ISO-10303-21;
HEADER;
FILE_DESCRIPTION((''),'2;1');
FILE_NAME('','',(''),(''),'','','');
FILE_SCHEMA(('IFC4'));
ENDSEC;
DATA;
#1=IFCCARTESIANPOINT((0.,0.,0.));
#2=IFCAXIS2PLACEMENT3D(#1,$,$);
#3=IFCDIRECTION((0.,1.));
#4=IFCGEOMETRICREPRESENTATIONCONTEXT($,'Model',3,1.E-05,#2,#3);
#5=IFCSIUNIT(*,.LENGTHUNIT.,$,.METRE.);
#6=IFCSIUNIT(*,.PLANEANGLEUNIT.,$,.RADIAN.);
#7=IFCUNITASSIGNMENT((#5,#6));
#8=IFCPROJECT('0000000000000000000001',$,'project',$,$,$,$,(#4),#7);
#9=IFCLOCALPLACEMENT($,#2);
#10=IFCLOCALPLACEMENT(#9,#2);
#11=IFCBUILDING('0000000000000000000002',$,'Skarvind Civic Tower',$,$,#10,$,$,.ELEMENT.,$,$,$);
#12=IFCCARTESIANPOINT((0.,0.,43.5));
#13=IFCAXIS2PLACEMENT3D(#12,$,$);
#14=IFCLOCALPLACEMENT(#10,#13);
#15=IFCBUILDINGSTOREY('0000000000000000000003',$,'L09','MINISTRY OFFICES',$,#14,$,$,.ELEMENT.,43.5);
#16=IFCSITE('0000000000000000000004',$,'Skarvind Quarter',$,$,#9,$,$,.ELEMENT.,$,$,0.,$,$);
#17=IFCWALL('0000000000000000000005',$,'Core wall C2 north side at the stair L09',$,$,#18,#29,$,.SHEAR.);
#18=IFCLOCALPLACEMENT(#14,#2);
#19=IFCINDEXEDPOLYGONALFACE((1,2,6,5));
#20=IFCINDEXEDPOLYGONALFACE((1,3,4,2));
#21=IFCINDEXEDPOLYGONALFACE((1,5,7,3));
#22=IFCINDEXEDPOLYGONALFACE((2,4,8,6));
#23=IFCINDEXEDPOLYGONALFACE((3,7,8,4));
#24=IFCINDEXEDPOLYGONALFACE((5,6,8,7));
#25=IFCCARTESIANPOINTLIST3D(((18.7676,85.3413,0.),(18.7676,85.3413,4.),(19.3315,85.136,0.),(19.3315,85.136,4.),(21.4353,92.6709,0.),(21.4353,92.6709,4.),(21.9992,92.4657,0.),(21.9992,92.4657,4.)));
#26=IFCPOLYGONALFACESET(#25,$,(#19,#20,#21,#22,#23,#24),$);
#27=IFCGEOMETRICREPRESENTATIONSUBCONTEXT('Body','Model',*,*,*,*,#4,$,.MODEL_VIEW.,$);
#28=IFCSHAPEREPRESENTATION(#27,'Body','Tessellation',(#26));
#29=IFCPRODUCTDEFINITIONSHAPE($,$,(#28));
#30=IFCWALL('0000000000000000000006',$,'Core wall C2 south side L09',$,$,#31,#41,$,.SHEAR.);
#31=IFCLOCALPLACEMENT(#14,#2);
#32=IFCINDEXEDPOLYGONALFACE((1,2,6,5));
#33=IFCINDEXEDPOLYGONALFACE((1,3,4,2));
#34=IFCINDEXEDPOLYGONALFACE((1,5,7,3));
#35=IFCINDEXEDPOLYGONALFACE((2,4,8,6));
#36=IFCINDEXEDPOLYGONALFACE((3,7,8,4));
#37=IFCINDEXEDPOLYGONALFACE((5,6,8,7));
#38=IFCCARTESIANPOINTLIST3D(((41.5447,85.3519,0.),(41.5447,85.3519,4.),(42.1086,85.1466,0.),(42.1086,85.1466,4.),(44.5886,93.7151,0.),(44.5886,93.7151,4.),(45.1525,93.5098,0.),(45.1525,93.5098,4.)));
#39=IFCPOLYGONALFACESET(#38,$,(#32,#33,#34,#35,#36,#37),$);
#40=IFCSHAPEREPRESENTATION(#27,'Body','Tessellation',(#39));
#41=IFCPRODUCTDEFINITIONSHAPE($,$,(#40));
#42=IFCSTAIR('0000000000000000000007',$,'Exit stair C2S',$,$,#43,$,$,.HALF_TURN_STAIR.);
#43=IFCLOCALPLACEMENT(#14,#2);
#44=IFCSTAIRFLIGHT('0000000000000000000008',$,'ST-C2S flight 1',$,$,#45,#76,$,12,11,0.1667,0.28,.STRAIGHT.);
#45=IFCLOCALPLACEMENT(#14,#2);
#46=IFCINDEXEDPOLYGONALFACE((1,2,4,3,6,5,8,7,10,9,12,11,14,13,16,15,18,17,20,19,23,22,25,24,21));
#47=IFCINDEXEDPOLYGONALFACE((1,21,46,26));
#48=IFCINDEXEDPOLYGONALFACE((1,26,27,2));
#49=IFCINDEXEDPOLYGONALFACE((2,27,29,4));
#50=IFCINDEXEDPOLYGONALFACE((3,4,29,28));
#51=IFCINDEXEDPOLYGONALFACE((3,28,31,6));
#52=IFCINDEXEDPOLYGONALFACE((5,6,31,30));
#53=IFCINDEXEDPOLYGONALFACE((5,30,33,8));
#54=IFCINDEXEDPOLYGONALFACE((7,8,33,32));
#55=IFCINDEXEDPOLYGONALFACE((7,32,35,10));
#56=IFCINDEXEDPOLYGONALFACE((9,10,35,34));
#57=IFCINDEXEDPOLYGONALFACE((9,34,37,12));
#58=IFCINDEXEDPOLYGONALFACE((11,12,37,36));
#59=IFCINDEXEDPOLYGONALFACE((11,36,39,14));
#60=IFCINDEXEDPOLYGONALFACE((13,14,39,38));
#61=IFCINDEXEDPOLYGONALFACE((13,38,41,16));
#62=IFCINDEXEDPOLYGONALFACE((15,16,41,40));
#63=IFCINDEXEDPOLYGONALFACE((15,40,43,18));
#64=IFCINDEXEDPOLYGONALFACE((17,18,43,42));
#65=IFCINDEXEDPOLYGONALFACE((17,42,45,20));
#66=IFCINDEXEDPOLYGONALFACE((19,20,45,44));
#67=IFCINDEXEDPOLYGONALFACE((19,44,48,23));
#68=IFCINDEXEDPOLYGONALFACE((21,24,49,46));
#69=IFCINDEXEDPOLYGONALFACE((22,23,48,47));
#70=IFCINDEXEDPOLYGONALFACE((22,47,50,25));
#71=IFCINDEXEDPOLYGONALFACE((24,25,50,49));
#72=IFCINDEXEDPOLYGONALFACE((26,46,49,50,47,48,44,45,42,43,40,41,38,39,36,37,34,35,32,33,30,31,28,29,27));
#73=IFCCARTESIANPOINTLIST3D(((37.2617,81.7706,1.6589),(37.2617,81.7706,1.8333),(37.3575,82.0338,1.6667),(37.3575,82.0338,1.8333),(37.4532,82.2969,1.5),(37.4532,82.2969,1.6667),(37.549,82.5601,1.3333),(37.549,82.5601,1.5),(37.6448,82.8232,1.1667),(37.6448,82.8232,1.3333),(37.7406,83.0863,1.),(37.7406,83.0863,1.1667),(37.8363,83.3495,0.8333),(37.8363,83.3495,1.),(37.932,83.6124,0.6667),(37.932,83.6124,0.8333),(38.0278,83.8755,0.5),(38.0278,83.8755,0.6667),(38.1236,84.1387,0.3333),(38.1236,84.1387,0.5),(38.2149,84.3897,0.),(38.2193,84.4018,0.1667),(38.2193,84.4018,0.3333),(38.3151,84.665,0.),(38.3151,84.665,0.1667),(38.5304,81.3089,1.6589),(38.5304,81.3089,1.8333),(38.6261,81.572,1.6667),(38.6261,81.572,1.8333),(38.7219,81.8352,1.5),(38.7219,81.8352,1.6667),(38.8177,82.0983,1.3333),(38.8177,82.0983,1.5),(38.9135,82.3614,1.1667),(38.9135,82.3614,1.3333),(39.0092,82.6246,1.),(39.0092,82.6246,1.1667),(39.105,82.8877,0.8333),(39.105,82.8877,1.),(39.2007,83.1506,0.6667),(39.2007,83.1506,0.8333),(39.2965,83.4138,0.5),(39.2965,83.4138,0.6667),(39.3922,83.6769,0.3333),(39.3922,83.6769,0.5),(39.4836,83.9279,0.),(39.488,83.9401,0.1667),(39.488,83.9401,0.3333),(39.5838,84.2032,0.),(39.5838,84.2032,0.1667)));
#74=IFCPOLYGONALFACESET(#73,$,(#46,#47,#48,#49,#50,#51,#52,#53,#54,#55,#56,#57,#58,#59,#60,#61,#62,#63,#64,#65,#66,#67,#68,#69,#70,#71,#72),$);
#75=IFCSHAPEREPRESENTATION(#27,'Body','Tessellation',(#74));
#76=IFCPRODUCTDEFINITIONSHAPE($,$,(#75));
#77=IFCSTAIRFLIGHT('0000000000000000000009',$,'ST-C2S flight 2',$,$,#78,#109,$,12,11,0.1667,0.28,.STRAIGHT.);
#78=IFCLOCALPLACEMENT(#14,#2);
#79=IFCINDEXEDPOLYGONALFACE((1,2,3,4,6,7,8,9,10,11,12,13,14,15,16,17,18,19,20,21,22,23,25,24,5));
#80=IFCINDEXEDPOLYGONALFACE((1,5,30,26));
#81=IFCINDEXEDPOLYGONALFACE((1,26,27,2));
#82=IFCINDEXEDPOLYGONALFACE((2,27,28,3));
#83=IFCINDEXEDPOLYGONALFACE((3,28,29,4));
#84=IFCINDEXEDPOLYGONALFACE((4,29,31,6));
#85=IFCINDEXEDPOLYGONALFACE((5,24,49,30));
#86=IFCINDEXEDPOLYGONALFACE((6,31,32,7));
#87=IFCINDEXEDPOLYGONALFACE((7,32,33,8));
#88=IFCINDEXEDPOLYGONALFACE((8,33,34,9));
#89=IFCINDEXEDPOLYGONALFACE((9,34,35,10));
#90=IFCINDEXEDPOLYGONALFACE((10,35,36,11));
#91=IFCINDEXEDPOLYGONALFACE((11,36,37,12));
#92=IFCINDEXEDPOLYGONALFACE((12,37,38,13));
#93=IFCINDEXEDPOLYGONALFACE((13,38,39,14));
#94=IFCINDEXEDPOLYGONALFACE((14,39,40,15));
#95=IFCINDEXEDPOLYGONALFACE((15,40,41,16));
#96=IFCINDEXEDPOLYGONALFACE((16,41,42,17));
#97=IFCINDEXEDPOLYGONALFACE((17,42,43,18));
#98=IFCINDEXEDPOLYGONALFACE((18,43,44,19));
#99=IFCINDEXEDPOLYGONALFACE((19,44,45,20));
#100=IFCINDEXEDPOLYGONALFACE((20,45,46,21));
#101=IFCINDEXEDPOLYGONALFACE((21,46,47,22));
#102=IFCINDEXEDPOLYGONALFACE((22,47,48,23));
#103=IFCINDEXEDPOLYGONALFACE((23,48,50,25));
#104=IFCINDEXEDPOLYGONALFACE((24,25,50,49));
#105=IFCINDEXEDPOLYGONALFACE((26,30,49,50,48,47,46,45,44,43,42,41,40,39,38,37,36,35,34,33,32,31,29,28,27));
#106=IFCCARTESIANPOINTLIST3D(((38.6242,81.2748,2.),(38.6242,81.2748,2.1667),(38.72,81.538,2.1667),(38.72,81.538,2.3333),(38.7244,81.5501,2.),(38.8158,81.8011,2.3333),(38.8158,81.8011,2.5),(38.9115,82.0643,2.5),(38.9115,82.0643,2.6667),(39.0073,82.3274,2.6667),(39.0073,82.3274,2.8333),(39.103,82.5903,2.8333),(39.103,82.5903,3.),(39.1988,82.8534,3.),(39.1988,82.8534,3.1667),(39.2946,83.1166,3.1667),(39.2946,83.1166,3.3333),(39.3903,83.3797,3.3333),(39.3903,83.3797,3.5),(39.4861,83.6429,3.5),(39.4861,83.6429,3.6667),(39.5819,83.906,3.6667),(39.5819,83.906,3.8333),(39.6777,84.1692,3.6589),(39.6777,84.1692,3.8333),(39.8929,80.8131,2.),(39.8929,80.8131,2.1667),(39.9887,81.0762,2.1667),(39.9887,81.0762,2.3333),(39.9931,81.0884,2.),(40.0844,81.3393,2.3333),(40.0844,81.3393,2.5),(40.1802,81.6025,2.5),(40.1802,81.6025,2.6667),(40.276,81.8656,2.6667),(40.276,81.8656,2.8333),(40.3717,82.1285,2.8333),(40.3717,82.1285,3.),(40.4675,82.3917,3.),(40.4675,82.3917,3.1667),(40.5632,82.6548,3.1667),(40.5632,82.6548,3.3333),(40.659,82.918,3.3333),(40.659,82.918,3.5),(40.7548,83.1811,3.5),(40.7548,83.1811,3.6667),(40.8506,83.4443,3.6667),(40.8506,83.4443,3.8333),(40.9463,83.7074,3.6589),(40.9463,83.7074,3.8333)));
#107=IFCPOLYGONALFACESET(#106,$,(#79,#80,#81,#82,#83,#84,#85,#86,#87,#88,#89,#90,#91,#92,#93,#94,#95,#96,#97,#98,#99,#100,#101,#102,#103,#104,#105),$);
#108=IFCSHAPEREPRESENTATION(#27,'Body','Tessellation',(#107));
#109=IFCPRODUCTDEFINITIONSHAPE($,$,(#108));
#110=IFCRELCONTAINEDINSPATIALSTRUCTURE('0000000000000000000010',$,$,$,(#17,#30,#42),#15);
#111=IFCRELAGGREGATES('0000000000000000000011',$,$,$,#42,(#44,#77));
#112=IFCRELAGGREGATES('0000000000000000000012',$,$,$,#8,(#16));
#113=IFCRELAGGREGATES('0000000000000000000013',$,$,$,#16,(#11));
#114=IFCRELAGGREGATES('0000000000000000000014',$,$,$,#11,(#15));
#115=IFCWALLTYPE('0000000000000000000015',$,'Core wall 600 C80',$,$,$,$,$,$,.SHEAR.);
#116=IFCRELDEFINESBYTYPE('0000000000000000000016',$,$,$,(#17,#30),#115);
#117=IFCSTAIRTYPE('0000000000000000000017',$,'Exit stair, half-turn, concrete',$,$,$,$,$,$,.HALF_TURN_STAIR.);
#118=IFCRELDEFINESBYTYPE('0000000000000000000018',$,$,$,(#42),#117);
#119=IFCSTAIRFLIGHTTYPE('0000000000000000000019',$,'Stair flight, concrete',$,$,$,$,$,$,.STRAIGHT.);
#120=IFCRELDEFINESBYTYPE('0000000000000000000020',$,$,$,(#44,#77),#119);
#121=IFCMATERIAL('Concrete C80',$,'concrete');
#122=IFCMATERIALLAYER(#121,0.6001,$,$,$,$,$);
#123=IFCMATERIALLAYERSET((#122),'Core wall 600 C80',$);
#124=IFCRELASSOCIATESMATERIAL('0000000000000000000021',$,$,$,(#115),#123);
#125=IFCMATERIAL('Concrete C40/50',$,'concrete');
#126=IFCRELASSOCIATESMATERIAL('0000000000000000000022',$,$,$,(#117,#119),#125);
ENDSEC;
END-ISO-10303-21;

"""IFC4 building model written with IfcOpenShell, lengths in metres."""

from ifc_helpers import new_model, si_unit, direction, frame, frame_2d, origin, place, context, subcontext, project, spatial, polyline, rectangle, outline, extrude, material, layer, layer_set, type_object, element, aggregate, save


model = new_model("IFC4")

# Units and contexts
model_context = context("Model", 3, precision=1e-05, world=origin(), true_north=direction((0.0, 1.0)))
body_context = subcontext(model_context, "Body", "Model", "MODEL_VIEW")
ifc_project = project(units=[si_unit("LENGTHUNIT", "METRE"), si_unit("PLANEANGLEUNIT", "RADIAN")], contexts=[model_context])

# Site, building, storey
site_placement = place(None, origin())
site = spatial("IfcSite", under=ifc_project, at=site_placement, Name="Skarvind Quarter", CompositionType="ELEMENT", RefElevation=0.0)
building_placement = place(site_placement, origin())
building = spatial("IfcBuilding", under=site, at=building_placement, Name="Skarvind Civic Tower", CompositionType="ELEMENT")
storey_placement = place(building_placement, frame((0.0, 0.0, 43.5)))
storey = spatial("IfcBuildingStorey", under=building, at=storey_placement, Name="L09", Description="MINISTRY OFFICES", CompositionType="ELEMENT", Elevation=43.5)

# Shared definitions
ifc_material_1 = material(Name="Concrete C40/50", Category="concrete")

# Shared definitions
ifc_material_2 = material(Name="Concrete C80", Category="concrete")

# Walls
ifc_layer_1 = layer(ifc_material_2, 0.6001)
ifc_layer_set_1 = layer_set([ifc_layer_1], Name="Core wall 600 C80")
wall_type_1 = type_object("IfcWallType", Name="Core wall 600 C80", PredefinedType="SHEAR", material=ifc_layer_set_1)
for number, where, z_axis, x_axis, name in (
    (1, (19.0496, 85.2388, 0.0), (0.0, 0.0, 1.0), (0.342017, 0.939694, 0.0), "Core wall C2 north side at the stair L09"),
):
    element("IfcWall", number, at=place(storey_placement, frame(where, z_axis=z_axis, x_axis=x_axis)), inside=storey, type_object=wall_type_1, Name=name, PredefinedType="SHEAR", context=body_context, shape_type="SweptSolid", body=[
        extrude(rectangle(XDim=7.8, YDim=0.6001, at=frame_2d((3.8999, 0.0))), origin(), (0.0, 0.0, 1.0), 4.0),
    ])
wall_1_placement = place(storey_placement, frame((41.8267, 85.2493, 0.0), z_axis=(0.0, 0.0, 1.0), x_axis=(0.342016, 0.939694, 0.0)))
element("IfcWall", 2, at=wall_1_placement, inside=storey, type_object=wall_type_1, Name="Core wall C2 south side L09", PredefinedType="SHEAR", context=body_context, shape_type="SweptSolid", body=[
    extrude(rectangle(XDim=8.8999, YDim=0.6001, at=frame_2d((4.45, 0.0))), origin(), (0.0, 0.0, 1.0), 4.0),
])

# Stair, stair flights
stair_type_1 = type_object("IfcStairType", Name="Exit stair, half-turn, concrete", PredefinedType="HALF_TURN_STAIR", material=ifc_material_1)
stair_1_placement = place(storey_placement, origin())
stair_1 = element("IfcStair", 3, at=stair_1_placement, inside=storey, type_object=stair_type_1, Name="Exit stair C2S", PredefinedType="HALF_TURN_STAIR")
stair_flight_type = type_object("IfcStairFlightType", Name="Stair flight, concrete", PredefinedType="STRAIGHT", material=ifc_material_1)
stair_flight_1_placement = place(storey_placement, frame((38.9495, 84.4341, 0.0), z_axis=(0.0, 0.0, 1.0), x_axis=(-0.34202, -0.939693, 0.0)))
stair_flight_1 = element("IfcStairFlight", 4, at=stair_flight_1_placement, type_object=stair_flight_type, Name="ST-C2S flight 1", NumberOfRisers=12, NumberOfTreads=11, PredefinedType="STRAIGHT", RiserHeight=0.1667, TreadLength=0.28, context=body_context, shape_type="SweptSolid", body=[
    extrude(outline(polyline([(0.0, 0.0), (0.0, 0.1667), (0.28, 0.1667), (0.28, 0.3333), (0.5601, 0.3333), (0.5601, 0.5), (0.8401, 0.5), (0.8401, 0.6667), (1.1201, 0.6667), (1.1201, 0.8333), (1.3999, 0.8333), (1.3999, 1.0), (1.6799, 1.0), (1.6799, 1.1667), (1.96, 1.1667), (1.96, 1.3333), (2.24, 1.3333), (2.24, 1.5), (2.52, 1.5), (2.52, 1.6667), (2.8, 1.6667), (2.8, 1.8333), (3.0801, 1.8333), (3.0801, 2.0), (3.0801, 1.6589), (0.293, 0.0), (0.0, 0.0)])), frame((0.0, 0.675, 0.0), z_axis=(0.0, -1.0, 0.0), x_axis=(1.0, 0.0, 0.0)), (0.0, 0.0, 1.0), 1.3501),
])
stair_flight_2_placement = place(storey_placement, frame((39.2585, 81.0439, 2.0), z_axis=(0.0, 0.0, 1.0), x_axis=(0.34202, 0.939693, 0.0)))
stair_flight_2 = element("IfcStairFlight", 5, at=stair_flight_2_placement, type_object=stair_flight_type, Name="ST-C2S flight 2", NumberOfRisers=12, NumberOfTreads=11, PredefinedType="STRAIGHT", RiserHeight=0.1667, TreadLength=0.28, context=body_context, shape_type="SweptSolid", body=[
    extrude(outline(polyline([(0.0, 0.0), (0.0, 0.1667), (0.28, 0.1667), (0.28, 0.3333), (0.5601, 0.3333), (0.5601, 0.5), (0.8401, 0.5), (0.8401, 0.6667), (1.1201, 0.6667), (1.1201, 0.8333), (1.3999, 0.8333), (1.3999, 1.0), (1.6799, 1.0), (1.6799, 1.1667), (1.96, 1.1667), (1.96, 1.3333), (2.24, 1.3333), (2.24, 1.5), (2.52, 1.5), (2.52, 1.6667), (2.8, 1.6667), (2.8, 1.8333), (3.0801, 1.8333), (3.0801, 2.0), (3.0801, 1.6589), (0.293, 0.0), (0.0, 0.0)])), frame((0.0, 0.675, 0.0), z_axis=(0.0, -1.0, 0.0), x_axis=(1.0, 0.0, 0.0)), (0.0, 0.0, 1.0), 1.3501),
])
aggregate(stair_1, [stair_flight_1, stair_flight_2])

save(model, "model.ifc")
